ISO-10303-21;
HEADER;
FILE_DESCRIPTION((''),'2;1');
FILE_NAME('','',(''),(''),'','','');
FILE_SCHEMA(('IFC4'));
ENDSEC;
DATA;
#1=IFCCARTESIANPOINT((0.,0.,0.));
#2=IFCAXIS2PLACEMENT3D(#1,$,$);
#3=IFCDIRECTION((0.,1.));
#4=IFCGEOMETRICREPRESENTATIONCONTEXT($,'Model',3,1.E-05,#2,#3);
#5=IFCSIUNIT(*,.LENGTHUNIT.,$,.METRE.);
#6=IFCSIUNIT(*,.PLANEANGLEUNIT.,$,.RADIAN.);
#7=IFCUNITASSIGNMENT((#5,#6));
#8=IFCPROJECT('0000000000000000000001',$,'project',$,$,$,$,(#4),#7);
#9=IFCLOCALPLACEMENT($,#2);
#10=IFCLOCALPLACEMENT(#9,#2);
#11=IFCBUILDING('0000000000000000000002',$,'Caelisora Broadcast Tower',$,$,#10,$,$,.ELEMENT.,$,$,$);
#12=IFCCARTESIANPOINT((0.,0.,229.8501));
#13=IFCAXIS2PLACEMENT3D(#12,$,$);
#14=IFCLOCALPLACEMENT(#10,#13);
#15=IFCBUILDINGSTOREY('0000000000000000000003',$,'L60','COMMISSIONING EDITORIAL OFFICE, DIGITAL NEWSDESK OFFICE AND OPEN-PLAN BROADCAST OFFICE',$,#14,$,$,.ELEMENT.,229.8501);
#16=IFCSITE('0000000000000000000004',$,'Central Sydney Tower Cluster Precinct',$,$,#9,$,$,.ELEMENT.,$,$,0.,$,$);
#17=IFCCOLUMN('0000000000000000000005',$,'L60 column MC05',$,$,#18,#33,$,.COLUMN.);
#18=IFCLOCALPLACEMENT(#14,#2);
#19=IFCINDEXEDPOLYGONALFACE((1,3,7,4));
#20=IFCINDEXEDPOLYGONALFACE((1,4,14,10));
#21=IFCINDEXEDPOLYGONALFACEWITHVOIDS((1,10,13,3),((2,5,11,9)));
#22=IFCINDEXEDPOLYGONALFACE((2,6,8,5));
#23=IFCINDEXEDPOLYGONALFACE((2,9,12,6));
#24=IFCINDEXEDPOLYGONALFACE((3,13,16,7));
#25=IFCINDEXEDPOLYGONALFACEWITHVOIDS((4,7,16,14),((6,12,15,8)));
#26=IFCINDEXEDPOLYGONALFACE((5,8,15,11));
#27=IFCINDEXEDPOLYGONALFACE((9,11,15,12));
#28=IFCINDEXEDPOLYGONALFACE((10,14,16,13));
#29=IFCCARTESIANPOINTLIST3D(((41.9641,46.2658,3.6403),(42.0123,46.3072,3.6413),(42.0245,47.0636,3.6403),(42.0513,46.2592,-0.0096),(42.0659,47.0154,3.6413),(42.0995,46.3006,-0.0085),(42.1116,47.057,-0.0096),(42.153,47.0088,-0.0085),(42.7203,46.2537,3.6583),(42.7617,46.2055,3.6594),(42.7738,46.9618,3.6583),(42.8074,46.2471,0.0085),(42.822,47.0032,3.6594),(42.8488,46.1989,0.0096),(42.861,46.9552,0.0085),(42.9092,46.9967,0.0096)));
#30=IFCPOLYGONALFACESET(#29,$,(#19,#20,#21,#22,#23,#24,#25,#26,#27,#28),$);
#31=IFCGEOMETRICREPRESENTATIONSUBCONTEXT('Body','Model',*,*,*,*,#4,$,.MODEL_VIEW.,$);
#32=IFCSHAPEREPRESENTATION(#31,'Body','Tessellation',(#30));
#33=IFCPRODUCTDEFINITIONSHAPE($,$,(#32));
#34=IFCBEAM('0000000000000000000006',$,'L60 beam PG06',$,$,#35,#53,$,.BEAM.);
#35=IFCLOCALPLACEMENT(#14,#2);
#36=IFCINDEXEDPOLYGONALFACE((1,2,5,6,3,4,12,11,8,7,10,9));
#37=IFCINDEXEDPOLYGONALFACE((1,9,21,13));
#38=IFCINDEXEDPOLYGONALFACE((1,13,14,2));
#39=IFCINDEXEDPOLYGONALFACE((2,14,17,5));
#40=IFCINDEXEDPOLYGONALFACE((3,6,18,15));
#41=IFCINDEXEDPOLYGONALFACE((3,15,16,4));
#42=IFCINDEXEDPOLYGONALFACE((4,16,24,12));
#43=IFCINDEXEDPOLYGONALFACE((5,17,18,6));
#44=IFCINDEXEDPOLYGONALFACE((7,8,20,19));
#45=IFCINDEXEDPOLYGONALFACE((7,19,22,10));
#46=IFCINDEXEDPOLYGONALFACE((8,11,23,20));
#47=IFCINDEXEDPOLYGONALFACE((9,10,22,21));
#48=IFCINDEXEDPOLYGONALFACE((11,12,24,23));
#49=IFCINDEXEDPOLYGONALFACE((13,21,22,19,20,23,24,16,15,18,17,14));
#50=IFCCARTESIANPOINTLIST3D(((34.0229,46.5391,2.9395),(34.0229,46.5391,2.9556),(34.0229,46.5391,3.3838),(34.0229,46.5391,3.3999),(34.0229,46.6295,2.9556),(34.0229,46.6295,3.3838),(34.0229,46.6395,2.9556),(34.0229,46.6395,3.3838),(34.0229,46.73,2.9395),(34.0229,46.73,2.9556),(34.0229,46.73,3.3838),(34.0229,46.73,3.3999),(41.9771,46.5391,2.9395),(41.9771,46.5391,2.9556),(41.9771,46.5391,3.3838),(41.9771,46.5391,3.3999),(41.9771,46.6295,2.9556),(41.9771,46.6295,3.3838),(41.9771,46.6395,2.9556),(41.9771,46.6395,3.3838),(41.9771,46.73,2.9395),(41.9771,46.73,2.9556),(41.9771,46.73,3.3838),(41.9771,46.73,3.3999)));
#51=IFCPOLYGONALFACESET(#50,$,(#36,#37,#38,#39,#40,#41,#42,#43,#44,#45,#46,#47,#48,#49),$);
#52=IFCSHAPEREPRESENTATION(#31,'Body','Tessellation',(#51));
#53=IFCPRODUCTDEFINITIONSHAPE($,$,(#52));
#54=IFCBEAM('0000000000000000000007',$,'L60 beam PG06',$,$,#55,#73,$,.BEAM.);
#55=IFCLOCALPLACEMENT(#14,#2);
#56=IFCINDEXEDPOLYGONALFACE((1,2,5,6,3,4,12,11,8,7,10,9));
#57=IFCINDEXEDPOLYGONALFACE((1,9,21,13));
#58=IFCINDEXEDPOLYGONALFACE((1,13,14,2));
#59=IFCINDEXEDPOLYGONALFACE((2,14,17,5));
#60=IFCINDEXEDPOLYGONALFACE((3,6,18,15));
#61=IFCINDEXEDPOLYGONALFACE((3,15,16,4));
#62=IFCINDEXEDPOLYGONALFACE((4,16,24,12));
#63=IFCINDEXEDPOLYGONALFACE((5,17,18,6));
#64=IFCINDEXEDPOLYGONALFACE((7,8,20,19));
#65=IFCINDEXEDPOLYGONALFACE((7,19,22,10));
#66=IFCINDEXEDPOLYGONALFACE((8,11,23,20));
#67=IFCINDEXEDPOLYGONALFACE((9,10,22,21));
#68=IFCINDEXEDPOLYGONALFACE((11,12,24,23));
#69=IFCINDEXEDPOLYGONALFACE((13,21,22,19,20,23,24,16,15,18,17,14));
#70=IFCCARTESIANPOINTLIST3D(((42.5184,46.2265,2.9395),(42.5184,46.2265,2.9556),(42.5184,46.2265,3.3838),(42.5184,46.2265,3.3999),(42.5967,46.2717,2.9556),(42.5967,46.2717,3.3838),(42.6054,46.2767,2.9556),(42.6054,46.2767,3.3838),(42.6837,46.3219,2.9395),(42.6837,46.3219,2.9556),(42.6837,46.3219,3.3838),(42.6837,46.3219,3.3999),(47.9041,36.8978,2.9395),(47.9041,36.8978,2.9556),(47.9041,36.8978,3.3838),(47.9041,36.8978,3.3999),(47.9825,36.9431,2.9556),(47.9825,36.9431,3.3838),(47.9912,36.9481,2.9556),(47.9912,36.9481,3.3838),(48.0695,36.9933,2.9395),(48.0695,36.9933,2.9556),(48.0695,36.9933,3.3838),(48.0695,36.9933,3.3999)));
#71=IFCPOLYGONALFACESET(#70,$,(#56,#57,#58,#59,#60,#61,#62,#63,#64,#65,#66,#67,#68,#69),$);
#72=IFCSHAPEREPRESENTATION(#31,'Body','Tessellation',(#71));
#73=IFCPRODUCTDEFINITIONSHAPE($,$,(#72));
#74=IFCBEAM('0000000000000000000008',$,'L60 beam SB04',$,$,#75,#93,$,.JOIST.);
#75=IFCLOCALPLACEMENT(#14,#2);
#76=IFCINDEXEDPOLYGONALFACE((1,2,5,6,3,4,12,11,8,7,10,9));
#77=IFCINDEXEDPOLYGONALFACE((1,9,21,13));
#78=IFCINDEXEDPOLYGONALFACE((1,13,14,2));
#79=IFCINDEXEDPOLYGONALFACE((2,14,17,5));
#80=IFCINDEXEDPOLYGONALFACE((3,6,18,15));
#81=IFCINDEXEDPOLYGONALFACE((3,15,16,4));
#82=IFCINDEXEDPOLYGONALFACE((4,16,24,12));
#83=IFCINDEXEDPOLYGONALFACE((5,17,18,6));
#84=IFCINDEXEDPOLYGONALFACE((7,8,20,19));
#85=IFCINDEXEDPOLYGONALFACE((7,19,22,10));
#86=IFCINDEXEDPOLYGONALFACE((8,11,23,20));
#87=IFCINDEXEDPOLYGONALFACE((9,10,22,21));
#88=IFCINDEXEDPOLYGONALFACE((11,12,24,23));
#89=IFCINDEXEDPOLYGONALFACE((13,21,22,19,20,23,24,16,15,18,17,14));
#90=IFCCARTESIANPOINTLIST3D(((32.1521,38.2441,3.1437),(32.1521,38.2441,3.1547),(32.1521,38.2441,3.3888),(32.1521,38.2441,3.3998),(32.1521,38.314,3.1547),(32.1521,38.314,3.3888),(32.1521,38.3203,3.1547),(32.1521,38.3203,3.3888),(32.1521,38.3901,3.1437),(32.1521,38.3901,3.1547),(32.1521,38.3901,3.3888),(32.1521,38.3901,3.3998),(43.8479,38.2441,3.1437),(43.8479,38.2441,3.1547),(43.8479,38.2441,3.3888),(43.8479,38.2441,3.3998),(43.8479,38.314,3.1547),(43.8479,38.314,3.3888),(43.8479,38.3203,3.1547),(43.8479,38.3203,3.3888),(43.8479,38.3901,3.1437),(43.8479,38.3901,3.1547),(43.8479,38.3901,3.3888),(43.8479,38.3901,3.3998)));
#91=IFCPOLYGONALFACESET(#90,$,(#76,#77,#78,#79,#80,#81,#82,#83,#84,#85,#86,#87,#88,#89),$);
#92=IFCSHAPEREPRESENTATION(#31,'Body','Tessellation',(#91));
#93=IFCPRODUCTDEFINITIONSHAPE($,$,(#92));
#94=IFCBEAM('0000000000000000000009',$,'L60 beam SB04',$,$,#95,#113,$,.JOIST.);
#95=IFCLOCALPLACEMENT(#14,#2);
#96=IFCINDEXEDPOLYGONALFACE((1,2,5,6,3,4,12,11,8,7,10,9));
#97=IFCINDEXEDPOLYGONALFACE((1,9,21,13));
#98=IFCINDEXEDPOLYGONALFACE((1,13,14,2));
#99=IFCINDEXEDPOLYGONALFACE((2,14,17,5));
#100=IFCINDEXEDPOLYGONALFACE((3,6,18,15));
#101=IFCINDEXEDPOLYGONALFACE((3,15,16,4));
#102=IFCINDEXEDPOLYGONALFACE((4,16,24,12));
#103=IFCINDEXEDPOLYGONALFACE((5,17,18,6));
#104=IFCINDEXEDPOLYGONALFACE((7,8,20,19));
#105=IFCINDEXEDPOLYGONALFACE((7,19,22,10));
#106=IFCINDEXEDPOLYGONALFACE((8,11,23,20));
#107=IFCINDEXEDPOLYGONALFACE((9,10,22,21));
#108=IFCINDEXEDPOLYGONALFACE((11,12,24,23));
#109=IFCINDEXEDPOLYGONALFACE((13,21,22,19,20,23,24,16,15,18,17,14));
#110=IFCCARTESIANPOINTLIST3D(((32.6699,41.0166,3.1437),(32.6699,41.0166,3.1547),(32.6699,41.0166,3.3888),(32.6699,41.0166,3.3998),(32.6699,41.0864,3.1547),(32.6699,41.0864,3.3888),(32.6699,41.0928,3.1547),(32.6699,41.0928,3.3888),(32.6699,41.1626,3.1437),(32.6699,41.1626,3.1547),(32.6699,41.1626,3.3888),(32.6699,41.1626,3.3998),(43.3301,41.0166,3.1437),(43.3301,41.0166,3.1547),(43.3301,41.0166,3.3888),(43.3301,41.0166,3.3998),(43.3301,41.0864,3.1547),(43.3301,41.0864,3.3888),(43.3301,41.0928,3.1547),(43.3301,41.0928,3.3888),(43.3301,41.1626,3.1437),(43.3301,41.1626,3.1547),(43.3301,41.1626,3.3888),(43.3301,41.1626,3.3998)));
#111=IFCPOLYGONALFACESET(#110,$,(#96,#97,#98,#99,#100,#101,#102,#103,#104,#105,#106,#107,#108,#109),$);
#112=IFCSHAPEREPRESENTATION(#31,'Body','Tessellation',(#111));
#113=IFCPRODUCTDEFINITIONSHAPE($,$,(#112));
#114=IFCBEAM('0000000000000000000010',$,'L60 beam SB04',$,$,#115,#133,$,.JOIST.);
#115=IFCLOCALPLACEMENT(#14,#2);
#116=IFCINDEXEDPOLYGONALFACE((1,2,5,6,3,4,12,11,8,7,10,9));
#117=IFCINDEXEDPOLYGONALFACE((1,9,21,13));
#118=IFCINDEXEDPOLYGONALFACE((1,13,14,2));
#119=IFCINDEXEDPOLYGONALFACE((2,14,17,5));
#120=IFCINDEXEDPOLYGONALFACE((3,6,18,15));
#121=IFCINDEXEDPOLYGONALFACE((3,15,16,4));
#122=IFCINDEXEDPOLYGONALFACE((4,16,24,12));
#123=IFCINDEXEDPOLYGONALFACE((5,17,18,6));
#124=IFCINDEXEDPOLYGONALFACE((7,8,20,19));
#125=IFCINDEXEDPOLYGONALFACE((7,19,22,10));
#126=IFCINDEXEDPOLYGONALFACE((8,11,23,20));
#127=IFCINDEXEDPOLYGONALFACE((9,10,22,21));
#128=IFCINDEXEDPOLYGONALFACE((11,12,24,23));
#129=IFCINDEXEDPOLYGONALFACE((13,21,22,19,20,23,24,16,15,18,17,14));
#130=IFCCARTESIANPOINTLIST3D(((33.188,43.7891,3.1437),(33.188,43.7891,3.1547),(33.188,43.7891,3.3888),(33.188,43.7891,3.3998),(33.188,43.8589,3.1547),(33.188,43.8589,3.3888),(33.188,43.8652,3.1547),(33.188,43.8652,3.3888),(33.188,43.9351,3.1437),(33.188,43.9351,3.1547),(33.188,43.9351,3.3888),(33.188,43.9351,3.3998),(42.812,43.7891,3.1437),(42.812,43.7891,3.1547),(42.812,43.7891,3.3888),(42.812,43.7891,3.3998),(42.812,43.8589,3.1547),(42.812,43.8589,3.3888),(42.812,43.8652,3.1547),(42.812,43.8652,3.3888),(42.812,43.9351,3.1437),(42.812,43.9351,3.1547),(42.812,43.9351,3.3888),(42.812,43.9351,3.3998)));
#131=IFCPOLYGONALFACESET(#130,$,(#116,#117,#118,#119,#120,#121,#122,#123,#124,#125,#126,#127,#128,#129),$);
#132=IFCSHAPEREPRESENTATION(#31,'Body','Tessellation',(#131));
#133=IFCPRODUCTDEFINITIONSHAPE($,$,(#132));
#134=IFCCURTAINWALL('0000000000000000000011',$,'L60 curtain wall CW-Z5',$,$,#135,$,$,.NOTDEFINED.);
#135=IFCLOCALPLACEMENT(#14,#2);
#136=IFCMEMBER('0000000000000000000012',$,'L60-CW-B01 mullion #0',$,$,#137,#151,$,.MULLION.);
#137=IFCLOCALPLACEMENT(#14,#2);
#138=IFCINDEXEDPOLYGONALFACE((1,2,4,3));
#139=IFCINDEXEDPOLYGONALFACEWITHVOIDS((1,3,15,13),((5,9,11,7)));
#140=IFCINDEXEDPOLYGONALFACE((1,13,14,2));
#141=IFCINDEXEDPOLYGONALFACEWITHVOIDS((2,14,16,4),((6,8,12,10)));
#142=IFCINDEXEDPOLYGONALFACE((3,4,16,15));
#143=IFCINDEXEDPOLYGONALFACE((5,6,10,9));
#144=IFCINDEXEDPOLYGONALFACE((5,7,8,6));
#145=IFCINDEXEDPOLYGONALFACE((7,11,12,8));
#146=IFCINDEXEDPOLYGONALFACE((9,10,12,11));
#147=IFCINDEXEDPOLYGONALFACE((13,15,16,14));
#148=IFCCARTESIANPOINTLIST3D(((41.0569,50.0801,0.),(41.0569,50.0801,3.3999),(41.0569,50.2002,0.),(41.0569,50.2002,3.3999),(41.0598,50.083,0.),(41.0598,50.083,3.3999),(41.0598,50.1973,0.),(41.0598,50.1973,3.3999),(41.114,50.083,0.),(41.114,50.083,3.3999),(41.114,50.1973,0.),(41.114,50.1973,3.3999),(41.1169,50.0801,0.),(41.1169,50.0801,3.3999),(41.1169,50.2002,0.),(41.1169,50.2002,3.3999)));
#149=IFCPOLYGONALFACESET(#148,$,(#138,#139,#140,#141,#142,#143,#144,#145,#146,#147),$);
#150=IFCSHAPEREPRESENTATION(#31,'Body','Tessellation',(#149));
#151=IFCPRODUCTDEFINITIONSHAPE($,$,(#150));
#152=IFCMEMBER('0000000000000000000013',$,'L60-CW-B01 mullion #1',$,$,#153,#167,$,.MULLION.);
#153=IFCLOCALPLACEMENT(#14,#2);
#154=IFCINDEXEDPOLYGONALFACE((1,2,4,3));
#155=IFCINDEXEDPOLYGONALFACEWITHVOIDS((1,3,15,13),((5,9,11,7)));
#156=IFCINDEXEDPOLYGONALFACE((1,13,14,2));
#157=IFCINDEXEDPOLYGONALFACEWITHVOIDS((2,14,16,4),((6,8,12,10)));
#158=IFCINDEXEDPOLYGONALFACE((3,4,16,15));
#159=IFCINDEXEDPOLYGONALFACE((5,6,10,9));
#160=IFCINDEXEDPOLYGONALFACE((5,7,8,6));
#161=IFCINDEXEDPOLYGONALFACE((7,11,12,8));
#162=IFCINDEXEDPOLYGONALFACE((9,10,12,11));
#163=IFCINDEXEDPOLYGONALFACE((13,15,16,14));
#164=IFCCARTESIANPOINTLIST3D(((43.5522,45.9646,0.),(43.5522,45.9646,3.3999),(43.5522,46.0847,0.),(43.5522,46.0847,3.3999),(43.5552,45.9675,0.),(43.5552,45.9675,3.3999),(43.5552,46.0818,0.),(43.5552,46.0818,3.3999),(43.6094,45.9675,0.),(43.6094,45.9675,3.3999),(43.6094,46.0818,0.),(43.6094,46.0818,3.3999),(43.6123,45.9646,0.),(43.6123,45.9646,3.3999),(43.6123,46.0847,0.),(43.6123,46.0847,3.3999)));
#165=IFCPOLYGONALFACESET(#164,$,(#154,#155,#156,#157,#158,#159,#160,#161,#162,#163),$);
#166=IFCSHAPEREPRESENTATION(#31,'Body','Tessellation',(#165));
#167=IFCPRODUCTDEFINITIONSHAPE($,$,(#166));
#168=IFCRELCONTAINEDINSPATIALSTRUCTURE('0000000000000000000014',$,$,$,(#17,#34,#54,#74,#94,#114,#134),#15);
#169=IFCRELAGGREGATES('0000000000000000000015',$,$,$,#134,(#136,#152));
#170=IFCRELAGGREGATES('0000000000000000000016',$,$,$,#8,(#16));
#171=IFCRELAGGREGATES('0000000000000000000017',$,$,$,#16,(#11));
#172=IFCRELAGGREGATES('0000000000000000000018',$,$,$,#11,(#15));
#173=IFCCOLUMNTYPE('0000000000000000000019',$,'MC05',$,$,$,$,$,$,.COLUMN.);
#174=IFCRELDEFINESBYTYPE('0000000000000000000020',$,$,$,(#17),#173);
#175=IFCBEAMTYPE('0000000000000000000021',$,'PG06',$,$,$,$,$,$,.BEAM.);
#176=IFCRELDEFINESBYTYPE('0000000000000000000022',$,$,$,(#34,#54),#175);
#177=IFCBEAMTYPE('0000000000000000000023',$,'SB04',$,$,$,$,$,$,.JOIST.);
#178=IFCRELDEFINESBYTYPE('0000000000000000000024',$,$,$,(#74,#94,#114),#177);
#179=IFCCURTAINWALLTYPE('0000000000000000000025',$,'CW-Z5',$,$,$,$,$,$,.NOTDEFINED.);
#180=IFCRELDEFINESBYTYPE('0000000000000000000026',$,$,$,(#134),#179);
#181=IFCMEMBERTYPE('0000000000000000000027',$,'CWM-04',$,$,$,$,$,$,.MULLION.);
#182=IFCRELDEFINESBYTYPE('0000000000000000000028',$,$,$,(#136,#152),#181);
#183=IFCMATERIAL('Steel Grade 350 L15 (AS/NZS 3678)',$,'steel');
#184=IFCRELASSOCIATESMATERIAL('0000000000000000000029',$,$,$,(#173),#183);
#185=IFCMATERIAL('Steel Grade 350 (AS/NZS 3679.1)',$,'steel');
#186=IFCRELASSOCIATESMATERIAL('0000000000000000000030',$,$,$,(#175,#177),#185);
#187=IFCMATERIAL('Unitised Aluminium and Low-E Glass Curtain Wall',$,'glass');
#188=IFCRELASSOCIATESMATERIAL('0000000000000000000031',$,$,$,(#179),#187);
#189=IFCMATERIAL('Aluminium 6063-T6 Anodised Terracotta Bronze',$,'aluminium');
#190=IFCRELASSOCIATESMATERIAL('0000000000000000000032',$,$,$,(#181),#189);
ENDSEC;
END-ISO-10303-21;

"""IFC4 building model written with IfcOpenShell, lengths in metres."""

from ifc_helpers import new_model, si_unit, direction, frame, origin, origin_2d, place, context, subcontext, project, spatial, hollow_rectangle, i_section, extrude, source, transform, mapped, material, material_profile, profile_set, type_object, type_shapes, element, aggregate, save


model = new_model("IFC4")

# Units and contexts
model_context = context("Model", 3, precision=1e-05, world=origin(), true_north=direction((0.0, 1.0)))
body_context = subcontext(model_context, "Body", "Model", "MODEL_VIEW")
ifc_project = project(units=[si_unit("LENGTHUNIT", "METRE"), si_unit("PLANEANGLEUNIT", "RADIAN")], contexts=[model_context])

# Site, building, storey
site_placement = place(None, origin())
site = spatial("IfcSite", under=ifc_project, at=site_placement, Name="Central Sydney Tower Cluster Precinct", CompositionType="ELEMENT", RefElevation=0.0)
building_placement = place(site_placement, origin())
building = spatial("IfcBuilding", under=site, at=building_placement, Name="Caelisora Broadcast Tower", CompositionType="ELEMENT")
storey_placement = place(building_placement, frame((0.0, 0.0, 229.8501)))
storey = spatial("IfcBuildingStorey", under=building, at=storey_placement, Name="L60", Description="COMMISSIONING EDITORIAL OFFICE, DIGITAL NEWSDESK OFFICE AND OPEN-PLAN BROADCAST OFFICE", CompositionType="ELEMENT", Elevation=229.8501)

# Column
ifc_material_1 = material(Name="Steel Grade 350 L15 (AS/NZS 3678)", Category="steel")
ifc_material_profile_1 = material_profile(ifc_material_1, hollow_rectangle(XDim=0.8, YDim=0.8, WallThickness=0.0449, at=origin_2d()), Name="Steel Grade 350 L15 (AS/NZS 3678)")
ifc_profile_set_1 = profile_set([ifc_material_profile_1], Name="Steel Grade 350 L15 (AS/NZS 3678)")
column_type = type_object("IfcColumnType", Name="MC05", PredefinedType="COLUMN", material=ifc_profile_set_1)
shared_shape_1 = source(origin(), body_context, "Body", "SweptSolid", [
    extrude(hollow_rectangle(XDim=0.8, YDim=0.8, WallThickness=0.0449, at=origin_2d()), origin(), (0.0, 0.0, 1.0), 3.6509),
])
type_shapes(column_type, [shared_shape_1])
column_placement = place(storey_placement, frame((42.4802, 46.6279, 0.0), z_axis=(-0.023873, 0.001806, 0.999713), x_axis=(-0.075415, -0.997152, 0.0)))
element("IfcColumn", 1, at=column_placement, inside=storey, type_object=column_type, Name="L60 column MC05", PredefinedType="COLUMN", context=body_context, shape_type="MappedRepresentation", body=[
    mapped(shared_shape_1, transform((0.0, 0.0, 0.0), scale=1.0)),
])

# Beams
ifc_material_2 = material(Name="Steel Grade 350 (AS/NZS 3679.1)", Category="steel")
ifc_material_profile_2 = material_profile(ifc_material_2, i_section(OverallWidth=0.1909, OverallDepth=0.4604, WebThickness=0.01, FlangeThickness=0.0161, at=origin_2d()), Name="Steel Grade 350 (AS/NZS 3679.1)")
ifc_profile_set_2 = profile_set([ifc_material_profile_2], Name="Steel Grade 350 (AS/NZS 3679.1)")
beam_type_1 = type_object("IfcBeamType", Name="PG06", PredefinedType="BEAM", material=ifc_profile_set_2)
shared_shape_2 = source(origin(), body_context, "Body", "SweptSolid", [
    extrude(i_section(OverallWidth=0.1909, OverallDepth=0.4604, WebThickness=0.01, FlangeThickness=0.0161, at=origin_2d()), origin(), (0.0, 0.0, 1.0), 7.9541),
])
beam_1_placement = place(storey_placement, frame((41.9771, 46.6345, 3.1697), z_axis=(-1.0, 0.0, 0.0), x_axis=(0.0, -1.0, 0.0)))
element("IfcBeam", 2, at=beam_1_placement, inside=storey, type_object=beam_type_1, Name="L60 beam PG06", PredefinedType="BEAM", context=body_context, shape_type="MappedRepresentation", body=[
    mapped(shared_shape_2, transform((0.0, 0.0, 0.0), scale=1.0)),
])
shared_shape_3 = source(origin(), body_context, "Body", "SweptSolid", [
    extrude(i_section(OverallWidth=0.1909, OverallDepth=0.4604, WebThickness=0.01, FlangeThickness=0.0161, at=origin_2d()), origin(), (0.0, 0.0, 1.0), 10.7717),
])
type_shapes(beam_type_1, [shared_shape_2, shared_shape_3])
beam_2_placement = place(storey_placement, frame((47.9868, 36.9456, 3.1697), z_axis=(-0.499991, 0.866031, 0.0), x_axis=(-0.866031, -0.499991, 0.0)))
element("IfcBeam", 3, at=beam_2_placement, inside=storey, type_object=beam_type_1, Name="L60 beam PG06", PredefinedType="BEAM", context=body_context, shape_type="MappedRepresentation", body=[
    mapped(shared_shape_3, transform((0.0, 0.0, 0.0), scale=1.0)),
])
ifc_material_profile_3 = material_profile(ifc_material_2, i_section(OverallWidth=0.146, OverallDepth=0.2561, WebThickness=0.0063, FlangeThickness=0.011, at=origin_2d()), Name="Steel Grade 350 (AS/NZS 3679.1)")
ifc_profile_set_3 = profile_set([ifc_material_profile_3], Name="Steel Grade 350 (AS/NZS 3679.1)")
beam_type_2 = type_object("IfcBeamType", Name="SB04", PredefinedType="JOIST", material=ifc_profile_set_3)
shared_shape_4 = source(origin(), body_context, "Body", "SweptSolid", [
    extrude(i_section(OverallWidth=0.146, OverallDepth=0.2561, WebThickness=0.0063, FlangeThickness=0.011, at=origin_2d()), origin(), (0.0, 0.0, 1.0), 11.6958),
])
beam_3_placement = place(storey_placement, frame((43.8479, 38.3171, 3.2717), z_axis=(-1.0, 0.0, 0.0), x_axis=(0.0, -1.0, 0.0)))
element("IfcBeam", 4, at=beam_3_placement, inside=storey, type_object=beam_type_2, Name="L60 beam SB04", PredefinedType="JOIST", context=body_context, shape_type="MappedRepresentation", body=[
    mapped(shared_shape_4, transform((0.0, 0.0, 0.0), scale=1.0)),
])
shared_shape_5 = source(origin(), body_context, "Body", "SweptSolid", [
    extrude(i_section(OverallWidth=0.146, OverallDepth=0.2561, WebThickness=0.0063, FlangeThickness=0.011, at=origin_2d()), origin(), (0.0, 0.0, 1.0), 10.6602),
])
beam_4_placement = place(storey_placement, frame((43.3301, 41.0896, 3.2717), z_axis=(-1.0, 0.0, 0.0), x_axis=(0.0, -1.0, 0.0)))
element("IfcBeam", 5, at=beam_4_placement, inside=storey, type_object=beam_type_2, Name="L60 beam SB04", PredefinedType="JOIST", context=body_context, shape_type="MappedRepresentation", body=[
    mapped(shared_shape_5, transform((0.0, 0.0, 0.0), scale=1.0)),
])
shared_shape_6 = source(origin(), body_context, "Body", "SweptSolid", [
    extrude(i_section(OverallWidth=0.146, OverallDepth=0.2561, WebThickness=0.0063, FlangeThickness=0.011, at=origin_2d()), origin(), (0.0, 0.0, 1.0), 9.624),
])
type_shapes(beam_type_2, [shared_shape_4, shared_shape_5, shared_shape_6])
beam_5_placement = place(storey_placement, frame((42.812, 43.8621, 3.2717), z_axis=(-1.0, 0.0, 0.0), x_axis=(0.0, -1.0, 0.0)))
element("IfcBeam", 6, at=beam_5_placement, inside=storey, type_object=beam_type_2, Name="L60 beam SB04", PredefinedType="JOIST", context=body_context, shape_type="MappedRepresentation", body=[
    mapped(shared_shape_6, transform((0.0, 0.0, 0.0), scale=1.0)),
])

# Curtain wall, members
ifc_material_3 = material(Name="Unitised Aluminium and Low-E Glass Curtain Wall", Category="glass")
curtain_wall_type_1 = type_object("IfcCurtainWallType", Name="CW-Z5", PredefinedType="NOTDEFINED", material=ifc_material_3)
curtain_wall_1_placement = place(storey_placement, origin())
curtain_wall_1 = element("IfcCurtainWall", 7, at=curtain_wall_1_placement, inside=storey, type_object=curtain_wall_type_1, Name="L60 curtain wall CW-Z5", PredefinedType="NOTDEFINED")
ifc_material_4 = material(Name="Aluminium 6063-T6 Anodised Terracotta Bronze", Category="aluminium")
ifc_material_profile_4 = material_profile(ifc_material_4, hollow_rectangle(XDim=0.0601, YDim=0.1201, WallThickness=0.0029, at=origin_2d()), Name="Aluminium 6063-T6 Anodised Terracotta Bronze")
ifc_profile_set_4 = profile_set([ifc_material_profile_4], Name="Aluminium 6063-T6 Anodised Terracotta Bronze")
member_type_1 = type_object("IfcMemberType", Name="CWM-04", PredefinedType="MULLION", material=ifc_profile_set_4)
shared_shape_7 = source(origin(), body_context, "Body", "SweptSolid", [
    extrude(hollow_rectangle(XDim=0.0601, YDim=0.1201, WallThickness=0.0029, at=origin_2d()), origin(), (0.0, 0.0, 1.0), 3.3999),
])
type_shapes(member_type_1, [shared_shape_7])
member_1_placement = place(storey_placement, frame((41.0869, 50.1401, 0.0), z_axis=(0.0, 0.0, 1.0), x_axis=(1.0, 0.0, 0.0)))
member_1 = element("IfcMember", 8, at=member_1_placement, type_object=member_type_1, Name="L60-CW-B01 mullion #0", PredefinedType="MULLION", context=body_context, shape_type="MappedRepresentation", body=[
    mapped(shared_shape_7, transform((0.0, 0.0, 0.0), scale=1.0)),
])
member_2_placement = place(storey_placement, frame((43.5823, 46.0247, 0.0), z_axis=(0.0, 0.0, 1.0), x_axis=(1.0, 0.0, 0.0)))
member_2 = element("IfcMember", 9, at=member_2_placement, type_object=member_type_1, Name="L60-CW-B01 mullion #1", PredefinedType="MULLION", context=body_context, shape_type="MappedRepresentation", body=[
    mapped(shared_shape_7, transform((0.0, 0.0, 0.0), scale=1.0)),
])

aggregate(curtain_wall_1, [member_1, member_2])

save(model, "model.ifc")
